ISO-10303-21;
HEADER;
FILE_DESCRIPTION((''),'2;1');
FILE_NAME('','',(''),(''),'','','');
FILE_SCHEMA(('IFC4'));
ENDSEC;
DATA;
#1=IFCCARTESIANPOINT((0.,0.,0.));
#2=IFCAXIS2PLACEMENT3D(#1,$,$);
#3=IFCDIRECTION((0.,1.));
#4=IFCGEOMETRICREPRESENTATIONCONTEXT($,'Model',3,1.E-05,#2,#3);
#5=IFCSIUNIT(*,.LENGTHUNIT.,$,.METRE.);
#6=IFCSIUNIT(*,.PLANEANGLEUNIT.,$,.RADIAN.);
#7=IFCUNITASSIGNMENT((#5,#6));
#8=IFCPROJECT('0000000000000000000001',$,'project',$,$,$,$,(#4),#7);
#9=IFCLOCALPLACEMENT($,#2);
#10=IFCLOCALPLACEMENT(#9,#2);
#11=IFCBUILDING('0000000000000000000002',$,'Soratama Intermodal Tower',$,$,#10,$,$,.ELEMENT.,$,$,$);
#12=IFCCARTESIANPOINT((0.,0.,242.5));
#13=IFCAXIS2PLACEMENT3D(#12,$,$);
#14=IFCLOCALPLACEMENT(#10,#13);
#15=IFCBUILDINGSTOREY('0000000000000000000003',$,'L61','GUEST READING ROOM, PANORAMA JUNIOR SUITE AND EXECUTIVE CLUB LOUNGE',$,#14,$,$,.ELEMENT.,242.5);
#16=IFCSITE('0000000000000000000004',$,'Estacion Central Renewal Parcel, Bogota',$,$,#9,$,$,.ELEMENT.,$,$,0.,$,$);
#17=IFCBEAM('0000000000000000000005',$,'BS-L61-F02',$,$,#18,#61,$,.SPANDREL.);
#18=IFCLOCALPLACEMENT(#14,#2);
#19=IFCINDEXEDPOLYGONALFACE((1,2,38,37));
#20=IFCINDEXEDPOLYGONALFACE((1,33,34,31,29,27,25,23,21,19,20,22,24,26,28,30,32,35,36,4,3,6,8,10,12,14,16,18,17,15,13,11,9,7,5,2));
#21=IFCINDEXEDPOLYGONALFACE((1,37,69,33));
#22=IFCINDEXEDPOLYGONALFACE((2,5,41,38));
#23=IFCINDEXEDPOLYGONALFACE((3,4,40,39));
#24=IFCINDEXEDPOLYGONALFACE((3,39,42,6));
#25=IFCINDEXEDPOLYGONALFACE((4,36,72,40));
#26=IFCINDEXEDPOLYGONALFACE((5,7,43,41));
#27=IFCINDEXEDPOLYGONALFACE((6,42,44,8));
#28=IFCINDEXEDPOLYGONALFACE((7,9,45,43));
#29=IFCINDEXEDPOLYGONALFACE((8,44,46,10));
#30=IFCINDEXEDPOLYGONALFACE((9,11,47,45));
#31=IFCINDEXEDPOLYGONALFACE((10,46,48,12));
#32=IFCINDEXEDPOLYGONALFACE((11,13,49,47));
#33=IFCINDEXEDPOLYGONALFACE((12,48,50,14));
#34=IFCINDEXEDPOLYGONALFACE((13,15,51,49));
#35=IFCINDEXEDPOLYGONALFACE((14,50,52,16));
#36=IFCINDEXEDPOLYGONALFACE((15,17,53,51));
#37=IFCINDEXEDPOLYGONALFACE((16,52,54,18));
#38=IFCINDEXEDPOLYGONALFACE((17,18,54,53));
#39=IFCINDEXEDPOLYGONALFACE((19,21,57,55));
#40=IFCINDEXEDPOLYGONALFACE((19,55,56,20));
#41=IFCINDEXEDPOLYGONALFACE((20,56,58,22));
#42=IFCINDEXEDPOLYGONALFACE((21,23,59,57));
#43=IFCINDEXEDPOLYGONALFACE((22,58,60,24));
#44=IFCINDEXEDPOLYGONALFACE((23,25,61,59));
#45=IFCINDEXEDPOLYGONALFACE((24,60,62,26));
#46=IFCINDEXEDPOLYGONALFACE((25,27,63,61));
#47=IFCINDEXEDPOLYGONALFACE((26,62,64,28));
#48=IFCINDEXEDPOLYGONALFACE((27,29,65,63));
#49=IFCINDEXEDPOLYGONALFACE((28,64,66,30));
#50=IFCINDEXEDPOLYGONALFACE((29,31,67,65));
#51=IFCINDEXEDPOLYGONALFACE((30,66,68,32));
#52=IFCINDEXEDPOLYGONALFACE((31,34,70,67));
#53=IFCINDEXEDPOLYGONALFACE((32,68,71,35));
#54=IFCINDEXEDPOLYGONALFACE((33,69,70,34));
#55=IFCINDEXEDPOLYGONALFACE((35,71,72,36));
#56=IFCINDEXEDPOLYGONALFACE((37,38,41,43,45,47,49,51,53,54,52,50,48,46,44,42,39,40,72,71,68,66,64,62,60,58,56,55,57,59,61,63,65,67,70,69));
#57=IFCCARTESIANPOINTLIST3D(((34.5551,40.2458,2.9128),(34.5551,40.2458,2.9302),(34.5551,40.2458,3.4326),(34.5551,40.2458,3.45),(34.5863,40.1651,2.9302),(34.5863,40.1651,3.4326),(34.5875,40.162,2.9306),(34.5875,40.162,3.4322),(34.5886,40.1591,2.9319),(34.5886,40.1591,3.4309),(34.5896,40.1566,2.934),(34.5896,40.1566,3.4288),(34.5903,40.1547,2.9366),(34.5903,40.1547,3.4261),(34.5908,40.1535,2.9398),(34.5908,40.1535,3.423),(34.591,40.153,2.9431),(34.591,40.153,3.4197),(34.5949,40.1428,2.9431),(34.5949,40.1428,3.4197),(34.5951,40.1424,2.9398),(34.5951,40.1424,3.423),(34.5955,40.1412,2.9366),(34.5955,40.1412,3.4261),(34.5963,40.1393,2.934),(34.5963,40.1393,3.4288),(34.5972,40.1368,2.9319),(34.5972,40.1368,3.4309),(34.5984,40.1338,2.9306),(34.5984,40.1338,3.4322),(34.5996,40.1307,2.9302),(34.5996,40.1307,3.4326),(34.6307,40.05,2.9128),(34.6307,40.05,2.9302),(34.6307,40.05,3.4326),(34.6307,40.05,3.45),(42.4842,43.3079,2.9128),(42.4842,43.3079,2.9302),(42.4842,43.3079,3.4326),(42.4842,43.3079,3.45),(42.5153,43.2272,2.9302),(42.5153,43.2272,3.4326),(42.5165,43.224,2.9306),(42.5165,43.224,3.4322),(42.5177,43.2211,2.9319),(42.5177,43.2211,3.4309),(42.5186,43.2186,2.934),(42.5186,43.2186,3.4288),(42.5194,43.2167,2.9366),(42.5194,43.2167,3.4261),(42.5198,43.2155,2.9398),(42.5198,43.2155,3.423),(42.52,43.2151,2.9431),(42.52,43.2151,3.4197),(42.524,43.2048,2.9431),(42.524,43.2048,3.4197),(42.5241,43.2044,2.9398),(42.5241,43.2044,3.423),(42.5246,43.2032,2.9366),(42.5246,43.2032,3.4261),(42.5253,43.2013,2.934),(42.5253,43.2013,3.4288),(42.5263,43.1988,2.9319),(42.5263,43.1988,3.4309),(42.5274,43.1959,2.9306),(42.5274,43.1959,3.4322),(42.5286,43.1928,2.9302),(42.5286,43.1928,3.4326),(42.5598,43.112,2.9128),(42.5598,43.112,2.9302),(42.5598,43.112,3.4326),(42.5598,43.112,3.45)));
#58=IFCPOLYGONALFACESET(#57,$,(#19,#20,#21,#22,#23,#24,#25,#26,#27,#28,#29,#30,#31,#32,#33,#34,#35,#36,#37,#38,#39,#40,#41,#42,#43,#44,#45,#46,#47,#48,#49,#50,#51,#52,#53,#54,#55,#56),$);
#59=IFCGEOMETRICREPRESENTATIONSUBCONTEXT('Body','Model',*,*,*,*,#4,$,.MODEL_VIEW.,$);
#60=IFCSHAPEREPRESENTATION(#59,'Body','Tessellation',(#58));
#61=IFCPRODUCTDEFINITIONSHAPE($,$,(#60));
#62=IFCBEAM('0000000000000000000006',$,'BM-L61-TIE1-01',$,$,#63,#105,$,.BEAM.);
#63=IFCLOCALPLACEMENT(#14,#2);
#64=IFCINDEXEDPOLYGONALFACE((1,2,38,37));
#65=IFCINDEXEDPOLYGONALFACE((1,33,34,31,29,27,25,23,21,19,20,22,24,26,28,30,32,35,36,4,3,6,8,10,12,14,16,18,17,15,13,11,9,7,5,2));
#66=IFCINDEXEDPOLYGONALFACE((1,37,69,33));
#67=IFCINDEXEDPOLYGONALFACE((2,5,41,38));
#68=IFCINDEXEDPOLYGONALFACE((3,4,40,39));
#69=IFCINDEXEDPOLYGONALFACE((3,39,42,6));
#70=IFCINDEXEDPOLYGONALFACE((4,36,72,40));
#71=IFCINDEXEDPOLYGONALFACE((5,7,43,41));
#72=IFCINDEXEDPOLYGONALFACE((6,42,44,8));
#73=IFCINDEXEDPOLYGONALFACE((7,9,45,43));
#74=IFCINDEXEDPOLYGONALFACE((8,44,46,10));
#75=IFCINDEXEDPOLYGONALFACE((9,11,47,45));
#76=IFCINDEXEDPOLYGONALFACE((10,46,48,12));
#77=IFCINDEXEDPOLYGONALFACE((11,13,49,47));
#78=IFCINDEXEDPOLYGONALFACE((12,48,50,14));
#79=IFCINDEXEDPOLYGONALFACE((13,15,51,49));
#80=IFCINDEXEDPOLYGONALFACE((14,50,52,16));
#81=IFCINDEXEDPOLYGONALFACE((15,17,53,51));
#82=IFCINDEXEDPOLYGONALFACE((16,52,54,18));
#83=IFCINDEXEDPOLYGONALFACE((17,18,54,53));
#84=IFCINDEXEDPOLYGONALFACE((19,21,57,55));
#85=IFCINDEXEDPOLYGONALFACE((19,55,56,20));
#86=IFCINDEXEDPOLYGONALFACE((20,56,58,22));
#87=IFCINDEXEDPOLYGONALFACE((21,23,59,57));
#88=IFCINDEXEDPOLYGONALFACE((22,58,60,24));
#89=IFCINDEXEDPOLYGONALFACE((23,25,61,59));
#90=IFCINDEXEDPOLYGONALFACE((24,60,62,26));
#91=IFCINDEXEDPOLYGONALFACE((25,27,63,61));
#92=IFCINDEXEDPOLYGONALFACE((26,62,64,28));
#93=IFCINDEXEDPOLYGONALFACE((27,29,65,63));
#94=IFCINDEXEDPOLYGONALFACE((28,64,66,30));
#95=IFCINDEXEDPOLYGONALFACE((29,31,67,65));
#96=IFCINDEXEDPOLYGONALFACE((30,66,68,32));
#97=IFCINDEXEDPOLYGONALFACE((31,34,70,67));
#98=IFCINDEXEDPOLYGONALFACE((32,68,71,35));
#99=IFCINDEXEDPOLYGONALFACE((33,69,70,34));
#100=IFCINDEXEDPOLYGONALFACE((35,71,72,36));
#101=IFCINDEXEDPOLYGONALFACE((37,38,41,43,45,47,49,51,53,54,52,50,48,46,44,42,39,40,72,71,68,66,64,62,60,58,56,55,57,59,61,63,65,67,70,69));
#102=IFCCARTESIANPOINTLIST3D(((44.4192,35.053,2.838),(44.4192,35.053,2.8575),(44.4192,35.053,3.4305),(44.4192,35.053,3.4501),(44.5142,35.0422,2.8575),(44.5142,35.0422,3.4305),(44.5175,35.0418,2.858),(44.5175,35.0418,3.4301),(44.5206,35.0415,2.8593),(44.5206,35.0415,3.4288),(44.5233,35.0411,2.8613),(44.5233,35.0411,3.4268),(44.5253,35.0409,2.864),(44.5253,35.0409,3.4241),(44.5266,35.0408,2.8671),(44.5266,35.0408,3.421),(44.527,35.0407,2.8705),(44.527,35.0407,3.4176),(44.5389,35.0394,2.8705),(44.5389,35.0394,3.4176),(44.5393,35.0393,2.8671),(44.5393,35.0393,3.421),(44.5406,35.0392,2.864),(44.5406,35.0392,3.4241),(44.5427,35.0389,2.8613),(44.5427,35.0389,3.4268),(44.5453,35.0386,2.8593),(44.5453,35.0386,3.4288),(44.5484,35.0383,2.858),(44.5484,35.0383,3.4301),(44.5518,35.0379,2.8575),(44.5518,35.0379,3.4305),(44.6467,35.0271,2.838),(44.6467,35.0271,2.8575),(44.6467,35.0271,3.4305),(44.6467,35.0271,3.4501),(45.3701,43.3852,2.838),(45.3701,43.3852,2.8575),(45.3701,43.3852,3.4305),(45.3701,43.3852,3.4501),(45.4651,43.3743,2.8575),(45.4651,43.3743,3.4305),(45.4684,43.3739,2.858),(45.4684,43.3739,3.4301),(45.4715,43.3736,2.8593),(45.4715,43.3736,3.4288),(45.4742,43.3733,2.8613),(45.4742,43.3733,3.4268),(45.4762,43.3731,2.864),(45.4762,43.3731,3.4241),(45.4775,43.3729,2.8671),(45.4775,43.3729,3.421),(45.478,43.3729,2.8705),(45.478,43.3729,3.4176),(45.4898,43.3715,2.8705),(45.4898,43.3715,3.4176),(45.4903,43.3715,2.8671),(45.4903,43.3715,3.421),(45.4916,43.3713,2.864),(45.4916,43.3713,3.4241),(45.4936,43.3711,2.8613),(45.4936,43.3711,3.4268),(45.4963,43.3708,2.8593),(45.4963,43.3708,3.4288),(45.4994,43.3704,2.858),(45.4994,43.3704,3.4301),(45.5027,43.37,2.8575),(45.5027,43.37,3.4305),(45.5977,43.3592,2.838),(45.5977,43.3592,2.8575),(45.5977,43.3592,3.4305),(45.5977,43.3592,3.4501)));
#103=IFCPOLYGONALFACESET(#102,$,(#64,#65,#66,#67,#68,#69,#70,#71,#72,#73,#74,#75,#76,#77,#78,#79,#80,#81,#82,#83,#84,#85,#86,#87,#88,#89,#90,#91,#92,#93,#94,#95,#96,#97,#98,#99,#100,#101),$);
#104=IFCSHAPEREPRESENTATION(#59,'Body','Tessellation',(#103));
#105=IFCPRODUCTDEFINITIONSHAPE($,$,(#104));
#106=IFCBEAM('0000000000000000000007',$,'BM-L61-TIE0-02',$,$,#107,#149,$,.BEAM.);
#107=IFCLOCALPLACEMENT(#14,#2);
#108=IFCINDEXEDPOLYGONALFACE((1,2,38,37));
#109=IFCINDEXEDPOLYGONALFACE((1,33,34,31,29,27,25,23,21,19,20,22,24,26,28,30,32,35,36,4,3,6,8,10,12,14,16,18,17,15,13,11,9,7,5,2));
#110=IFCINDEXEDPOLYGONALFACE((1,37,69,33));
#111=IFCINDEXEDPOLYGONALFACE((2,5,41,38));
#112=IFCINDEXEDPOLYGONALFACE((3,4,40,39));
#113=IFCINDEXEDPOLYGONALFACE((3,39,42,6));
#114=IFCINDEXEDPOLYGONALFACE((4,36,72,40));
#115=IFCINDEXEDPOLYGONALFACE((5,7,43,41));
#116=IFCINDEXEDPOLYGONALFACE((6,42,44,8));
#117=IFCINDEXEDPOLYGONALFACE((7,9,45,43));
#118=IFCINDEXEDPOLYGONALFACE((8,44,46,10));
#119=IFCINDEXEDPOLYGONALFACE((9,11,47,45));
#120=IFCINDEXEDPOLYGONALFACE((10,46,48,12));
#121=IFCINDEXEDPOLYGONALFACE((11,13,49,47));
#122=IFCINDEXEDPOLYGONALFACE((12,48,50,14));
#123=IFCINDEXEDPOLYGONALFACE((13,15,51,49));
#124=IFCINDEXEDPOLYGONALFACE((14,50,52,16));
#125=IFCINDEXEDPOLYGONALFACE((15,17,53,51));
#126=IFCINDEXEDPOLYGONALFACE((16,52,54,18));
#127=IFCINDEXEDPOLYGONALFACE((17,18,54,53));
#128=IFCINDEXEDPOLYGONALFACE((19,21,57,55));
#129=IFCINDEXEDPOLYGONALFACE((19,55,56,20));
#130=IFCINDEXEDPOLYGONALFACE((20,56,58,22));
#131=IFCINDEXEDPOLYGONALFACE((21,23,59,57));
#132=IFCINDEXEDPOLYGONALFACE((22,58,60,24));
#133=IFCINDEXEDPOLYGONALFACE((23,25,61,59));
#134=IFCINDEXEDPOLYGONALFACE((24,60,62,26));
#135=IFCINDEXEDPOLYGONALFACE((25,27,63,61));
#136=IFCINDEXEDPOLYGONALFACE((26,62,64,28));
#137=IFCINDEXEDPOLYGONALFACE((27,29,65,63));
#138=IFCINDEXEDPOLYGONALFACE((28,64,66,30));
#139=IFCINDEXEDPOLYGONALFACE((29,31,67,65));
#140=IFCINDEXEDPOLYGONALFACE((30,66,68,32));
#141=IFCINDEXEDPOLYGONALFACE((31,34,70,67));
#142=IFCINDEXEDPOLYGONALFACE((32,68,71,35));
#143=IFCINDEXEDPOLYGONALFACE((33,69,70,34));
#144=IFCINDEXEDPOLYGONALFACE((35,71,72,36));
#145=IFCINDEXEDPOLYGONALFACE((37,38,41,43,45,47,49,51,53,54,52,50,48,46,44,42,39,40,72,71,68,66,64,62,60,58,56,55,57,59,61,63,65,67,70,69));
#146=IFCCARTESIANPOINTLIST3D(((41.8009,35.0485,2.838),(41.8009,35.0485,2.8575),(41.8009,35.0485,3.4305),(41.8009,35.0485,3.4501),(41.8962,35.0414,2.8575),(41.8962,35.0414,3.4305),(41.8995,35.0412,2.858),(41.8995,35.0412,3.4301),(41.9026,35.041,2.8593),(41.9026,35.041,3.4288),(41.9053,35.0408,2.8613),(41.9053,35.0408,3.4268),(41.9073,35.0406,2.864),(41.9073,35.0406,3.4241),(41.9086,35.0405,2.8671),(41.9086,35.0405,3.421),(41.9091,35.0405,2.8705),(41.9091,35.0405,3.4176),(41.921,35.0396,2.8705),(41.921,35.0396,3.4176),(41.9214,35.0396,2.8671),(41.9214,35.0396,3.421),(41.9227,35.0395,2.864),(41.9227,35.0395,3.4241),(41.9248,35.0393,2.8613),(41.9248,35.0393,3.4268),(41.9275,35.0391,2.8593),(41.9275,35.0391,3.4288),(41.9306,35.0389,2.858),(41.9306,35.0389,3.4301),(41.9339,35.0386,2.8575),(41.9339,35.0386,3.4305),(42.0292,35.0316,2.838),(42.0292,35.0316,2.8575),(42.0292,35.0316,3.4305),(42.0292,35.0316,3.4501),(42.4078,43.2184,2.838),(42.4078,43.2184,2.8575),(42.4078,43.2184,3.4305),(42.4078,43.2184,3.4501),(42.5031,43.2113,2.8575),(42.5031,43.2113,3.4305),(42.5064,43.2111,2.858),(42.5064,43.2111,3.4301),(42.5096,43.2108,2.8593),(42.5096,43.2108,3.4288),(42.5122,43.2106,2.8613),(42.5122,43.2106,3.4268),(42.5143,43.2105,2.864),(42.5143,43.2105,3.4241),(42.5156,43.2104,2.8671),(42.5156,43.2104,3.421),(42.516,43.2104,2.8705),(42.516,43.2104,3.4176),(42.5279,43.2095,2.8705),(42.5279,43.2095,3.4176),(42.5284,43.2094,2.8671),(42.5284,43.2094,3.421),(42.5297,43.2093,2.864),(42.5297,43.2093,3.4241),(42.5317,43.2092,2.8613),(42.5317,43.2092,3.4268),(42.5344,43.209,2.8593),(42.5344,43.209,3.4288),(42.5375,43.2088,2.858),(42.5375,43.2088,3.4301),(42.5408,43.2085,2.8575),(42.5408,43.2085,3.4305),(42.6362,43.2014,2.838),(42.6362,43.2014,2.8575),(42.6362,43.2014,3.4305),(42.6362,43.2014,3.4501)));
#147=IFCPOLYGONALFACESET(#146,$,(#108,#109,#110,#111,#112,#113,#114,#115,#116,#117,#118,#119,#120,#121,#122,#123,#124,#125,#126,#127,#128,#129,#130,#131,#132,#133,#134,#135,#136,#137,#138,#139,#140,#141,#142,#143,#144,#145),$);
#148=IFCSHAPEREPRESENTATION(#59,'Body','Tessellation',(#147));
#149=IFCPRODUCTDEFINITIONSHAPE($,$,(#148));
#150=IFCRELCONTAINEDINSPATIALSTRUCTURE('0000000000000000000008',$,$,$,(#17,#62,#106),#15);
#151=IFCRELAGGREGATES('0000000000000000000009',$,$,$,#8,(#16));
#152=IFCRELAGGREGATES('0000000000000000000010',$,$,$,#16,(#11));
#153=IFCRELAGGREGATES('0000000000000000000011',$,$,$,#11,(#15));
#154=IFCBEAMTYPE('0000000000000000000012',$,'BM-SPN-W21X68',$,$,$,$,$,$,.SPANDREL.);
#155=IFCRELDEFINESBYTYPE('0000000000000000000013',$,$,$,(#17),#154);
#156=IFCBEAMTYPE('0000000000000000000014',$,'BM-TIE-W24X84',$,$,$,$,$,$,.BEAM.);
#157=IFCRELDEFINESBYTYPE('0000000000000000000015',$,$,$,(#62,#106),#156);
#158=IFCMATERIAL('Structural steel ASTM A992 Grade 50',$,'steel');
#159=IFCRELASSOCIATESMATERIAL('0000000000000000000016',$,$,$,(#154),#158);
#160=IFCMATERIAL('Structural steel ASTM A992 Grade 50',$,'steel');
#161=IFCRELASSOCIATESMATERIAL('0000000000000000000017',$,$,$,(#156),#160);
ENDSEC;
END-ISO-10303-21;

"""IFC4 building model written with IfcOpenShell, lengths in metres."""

from ifc_helpers import new_model, si_unit, direction, frame, origin, origin_2d, place, context, subcontext, project, spatial, i_section, extrude, material, material_profile, profile_set, type_object, element, save


model = new_model("IFC4")

# Units and contexts
model_context = context("Model", 3, precision=1e-05, world=origin(), true_north=direction((0.0, 1.0)))
body_context = subcontext(model_context, "Body", "Model", "MODEL_VIEW")
ifc_project = project(units=[si_unit("LENGTHUNIT", "METRE"), si_unit("PLANEANGLEUNIT", "RADIAN")], contexts=[model_context])

# Site, building, storey
site_placement = place(None, origin())
site = spatial("IfcSite", under=ifc_project, at=site_placement, Name="Estacion Central Renewal Parcel, Bogota", CompositionType="ELEMENT", RefElevation=0.0)
building_placement = place(site_placement, origin())
building = spatial("IfcBuilding", under=site, at=building_placement, Name="Soratama Intermodal Tower", CompositionType="ELEMENT")
storey_placement = place(building_placement, frame((0.0, 0.0, 242.5)))
storey = spatial("IfcBuildingStorey", under=building, at=storey_placement, Name="L61", Description="GUEST READING ROOM, PANORAMA JUNIOR SUITE AND EXECUTIVE CLUB LOUNGE", CompositionType="ELEMENT", Elevation=242.5)

# Beams
ifc_material_1 = material(Name="Structural steel ASTM A992 Grade 50", Category="steel")
ifc_material_profile_1 = material_profile(ifc_material_1, i_section(OverallWidth=0.21, OverallDepth=0.5371, WebThickness=0.011, FlangeThickness=0.0173, FilletRadius=0.0129, at=origin_2d()), Name="W21X68")
ifc_profile_set_1 = profile_set([ifc_material_profile_1], Name="Structural steel ASTM A992 Grade 50")
beam_type_1 = type_object("IfcBeamType", Name="BM-SPN-W21X68", PredefinedType="SPANDREL", material=ifc_profile_set_1)
beam_1_placement = place(storey_placement, frame((42.522, 43.21, 3.1814), z_axis=(-0.932855, -0.360251, 0.0), x_axis=(0.360251, -0.932855, 0.0)))
element("IfcBeam", 1, at=beam_1_placement, inside=storey, type_object=beam_type_1, Name="BS-L61-F02", PredefinedType="SPANDREL", context=body_context, shape_type="SweptSolid", body=[
    extrude(i_section(OverallWidth=0.21, OverallDepth=0.5371, WebThickness=0.011, FlangeThickness=0.0173, FilletRadius=0.0129, at=origin_2d()), origin(), (0.0, 0.0, 1.0), 8.4998),
])
ifc_material_2 = material(Name="Structural steel ASTM A992 Grade 50", Category="steel")
ifc_material_profile_2 = material_profile(ifc_material_2, i_section(OverallWidth=0.229, OverallDepth=0.6121, WebThickness=0.012, FlangeThickness=0.0195, FilletRadius=0.0129, at=origin_2d()), Name="W24X84")
ifc_profile_set_2 = profile_set([ifc_material_profile_2], Name="Structural steel ASTM A992 Grade 50")
beam_type_2 = type_object("IfcBeamType", Name="BM-TIE-W24X84", PredefinedType="BEAM", material=ifc_profile_set_2)
beam_2_placement = place(storey_placement, frame((44.533, 35.04, 3.144), z_axis=(0.113393, 0.99355, 0.0), x_axis=(-0.99355, 0.113393, 0.0)))
element("IfcBeam", 2, at=beam_2_placement, inside=storey, type_object=beam_type_2, Name="BM-L61-TIE1-01", PredefinedType="BEAM", context=body_context, shape_type="SweptSolid", body=[
    extrude(i_section(OverallWidth=0.229, OverallDepth=0.6121, WebThickness=0.012, FlangeThickness=0.0195, FilletRadius=0.0129, at=origin_2d()), origin(), (0.0, 0.0, 1.0), 8.3862),
])
beam_3_placement = place(storey_placement, frame((41.915, 35.04, 3.144), z_axis=(0.074085, 0.997252, 0.0), x_axis=(-0.997252, 0.074085, 0.0)))
element("IfcBeam", 3, at=beam_3_placement, inside=storey, type_object=beam_type_2, Name="BM-L61-TIE0-02", PredefinedType="BEAM", context=body_context, shape_type="SweptSolid", body=[
    extrude(i_section(OverallWidth=0.229, OverallDepth=0.6121, WebThickness=0.012, FlangeThickness=0.0195, FilletRadius=0.0129, at=origin_2d()), origin(), (0.0, 0.0, 1.0), 8.1924),
])

save(model, "model.ifc")
